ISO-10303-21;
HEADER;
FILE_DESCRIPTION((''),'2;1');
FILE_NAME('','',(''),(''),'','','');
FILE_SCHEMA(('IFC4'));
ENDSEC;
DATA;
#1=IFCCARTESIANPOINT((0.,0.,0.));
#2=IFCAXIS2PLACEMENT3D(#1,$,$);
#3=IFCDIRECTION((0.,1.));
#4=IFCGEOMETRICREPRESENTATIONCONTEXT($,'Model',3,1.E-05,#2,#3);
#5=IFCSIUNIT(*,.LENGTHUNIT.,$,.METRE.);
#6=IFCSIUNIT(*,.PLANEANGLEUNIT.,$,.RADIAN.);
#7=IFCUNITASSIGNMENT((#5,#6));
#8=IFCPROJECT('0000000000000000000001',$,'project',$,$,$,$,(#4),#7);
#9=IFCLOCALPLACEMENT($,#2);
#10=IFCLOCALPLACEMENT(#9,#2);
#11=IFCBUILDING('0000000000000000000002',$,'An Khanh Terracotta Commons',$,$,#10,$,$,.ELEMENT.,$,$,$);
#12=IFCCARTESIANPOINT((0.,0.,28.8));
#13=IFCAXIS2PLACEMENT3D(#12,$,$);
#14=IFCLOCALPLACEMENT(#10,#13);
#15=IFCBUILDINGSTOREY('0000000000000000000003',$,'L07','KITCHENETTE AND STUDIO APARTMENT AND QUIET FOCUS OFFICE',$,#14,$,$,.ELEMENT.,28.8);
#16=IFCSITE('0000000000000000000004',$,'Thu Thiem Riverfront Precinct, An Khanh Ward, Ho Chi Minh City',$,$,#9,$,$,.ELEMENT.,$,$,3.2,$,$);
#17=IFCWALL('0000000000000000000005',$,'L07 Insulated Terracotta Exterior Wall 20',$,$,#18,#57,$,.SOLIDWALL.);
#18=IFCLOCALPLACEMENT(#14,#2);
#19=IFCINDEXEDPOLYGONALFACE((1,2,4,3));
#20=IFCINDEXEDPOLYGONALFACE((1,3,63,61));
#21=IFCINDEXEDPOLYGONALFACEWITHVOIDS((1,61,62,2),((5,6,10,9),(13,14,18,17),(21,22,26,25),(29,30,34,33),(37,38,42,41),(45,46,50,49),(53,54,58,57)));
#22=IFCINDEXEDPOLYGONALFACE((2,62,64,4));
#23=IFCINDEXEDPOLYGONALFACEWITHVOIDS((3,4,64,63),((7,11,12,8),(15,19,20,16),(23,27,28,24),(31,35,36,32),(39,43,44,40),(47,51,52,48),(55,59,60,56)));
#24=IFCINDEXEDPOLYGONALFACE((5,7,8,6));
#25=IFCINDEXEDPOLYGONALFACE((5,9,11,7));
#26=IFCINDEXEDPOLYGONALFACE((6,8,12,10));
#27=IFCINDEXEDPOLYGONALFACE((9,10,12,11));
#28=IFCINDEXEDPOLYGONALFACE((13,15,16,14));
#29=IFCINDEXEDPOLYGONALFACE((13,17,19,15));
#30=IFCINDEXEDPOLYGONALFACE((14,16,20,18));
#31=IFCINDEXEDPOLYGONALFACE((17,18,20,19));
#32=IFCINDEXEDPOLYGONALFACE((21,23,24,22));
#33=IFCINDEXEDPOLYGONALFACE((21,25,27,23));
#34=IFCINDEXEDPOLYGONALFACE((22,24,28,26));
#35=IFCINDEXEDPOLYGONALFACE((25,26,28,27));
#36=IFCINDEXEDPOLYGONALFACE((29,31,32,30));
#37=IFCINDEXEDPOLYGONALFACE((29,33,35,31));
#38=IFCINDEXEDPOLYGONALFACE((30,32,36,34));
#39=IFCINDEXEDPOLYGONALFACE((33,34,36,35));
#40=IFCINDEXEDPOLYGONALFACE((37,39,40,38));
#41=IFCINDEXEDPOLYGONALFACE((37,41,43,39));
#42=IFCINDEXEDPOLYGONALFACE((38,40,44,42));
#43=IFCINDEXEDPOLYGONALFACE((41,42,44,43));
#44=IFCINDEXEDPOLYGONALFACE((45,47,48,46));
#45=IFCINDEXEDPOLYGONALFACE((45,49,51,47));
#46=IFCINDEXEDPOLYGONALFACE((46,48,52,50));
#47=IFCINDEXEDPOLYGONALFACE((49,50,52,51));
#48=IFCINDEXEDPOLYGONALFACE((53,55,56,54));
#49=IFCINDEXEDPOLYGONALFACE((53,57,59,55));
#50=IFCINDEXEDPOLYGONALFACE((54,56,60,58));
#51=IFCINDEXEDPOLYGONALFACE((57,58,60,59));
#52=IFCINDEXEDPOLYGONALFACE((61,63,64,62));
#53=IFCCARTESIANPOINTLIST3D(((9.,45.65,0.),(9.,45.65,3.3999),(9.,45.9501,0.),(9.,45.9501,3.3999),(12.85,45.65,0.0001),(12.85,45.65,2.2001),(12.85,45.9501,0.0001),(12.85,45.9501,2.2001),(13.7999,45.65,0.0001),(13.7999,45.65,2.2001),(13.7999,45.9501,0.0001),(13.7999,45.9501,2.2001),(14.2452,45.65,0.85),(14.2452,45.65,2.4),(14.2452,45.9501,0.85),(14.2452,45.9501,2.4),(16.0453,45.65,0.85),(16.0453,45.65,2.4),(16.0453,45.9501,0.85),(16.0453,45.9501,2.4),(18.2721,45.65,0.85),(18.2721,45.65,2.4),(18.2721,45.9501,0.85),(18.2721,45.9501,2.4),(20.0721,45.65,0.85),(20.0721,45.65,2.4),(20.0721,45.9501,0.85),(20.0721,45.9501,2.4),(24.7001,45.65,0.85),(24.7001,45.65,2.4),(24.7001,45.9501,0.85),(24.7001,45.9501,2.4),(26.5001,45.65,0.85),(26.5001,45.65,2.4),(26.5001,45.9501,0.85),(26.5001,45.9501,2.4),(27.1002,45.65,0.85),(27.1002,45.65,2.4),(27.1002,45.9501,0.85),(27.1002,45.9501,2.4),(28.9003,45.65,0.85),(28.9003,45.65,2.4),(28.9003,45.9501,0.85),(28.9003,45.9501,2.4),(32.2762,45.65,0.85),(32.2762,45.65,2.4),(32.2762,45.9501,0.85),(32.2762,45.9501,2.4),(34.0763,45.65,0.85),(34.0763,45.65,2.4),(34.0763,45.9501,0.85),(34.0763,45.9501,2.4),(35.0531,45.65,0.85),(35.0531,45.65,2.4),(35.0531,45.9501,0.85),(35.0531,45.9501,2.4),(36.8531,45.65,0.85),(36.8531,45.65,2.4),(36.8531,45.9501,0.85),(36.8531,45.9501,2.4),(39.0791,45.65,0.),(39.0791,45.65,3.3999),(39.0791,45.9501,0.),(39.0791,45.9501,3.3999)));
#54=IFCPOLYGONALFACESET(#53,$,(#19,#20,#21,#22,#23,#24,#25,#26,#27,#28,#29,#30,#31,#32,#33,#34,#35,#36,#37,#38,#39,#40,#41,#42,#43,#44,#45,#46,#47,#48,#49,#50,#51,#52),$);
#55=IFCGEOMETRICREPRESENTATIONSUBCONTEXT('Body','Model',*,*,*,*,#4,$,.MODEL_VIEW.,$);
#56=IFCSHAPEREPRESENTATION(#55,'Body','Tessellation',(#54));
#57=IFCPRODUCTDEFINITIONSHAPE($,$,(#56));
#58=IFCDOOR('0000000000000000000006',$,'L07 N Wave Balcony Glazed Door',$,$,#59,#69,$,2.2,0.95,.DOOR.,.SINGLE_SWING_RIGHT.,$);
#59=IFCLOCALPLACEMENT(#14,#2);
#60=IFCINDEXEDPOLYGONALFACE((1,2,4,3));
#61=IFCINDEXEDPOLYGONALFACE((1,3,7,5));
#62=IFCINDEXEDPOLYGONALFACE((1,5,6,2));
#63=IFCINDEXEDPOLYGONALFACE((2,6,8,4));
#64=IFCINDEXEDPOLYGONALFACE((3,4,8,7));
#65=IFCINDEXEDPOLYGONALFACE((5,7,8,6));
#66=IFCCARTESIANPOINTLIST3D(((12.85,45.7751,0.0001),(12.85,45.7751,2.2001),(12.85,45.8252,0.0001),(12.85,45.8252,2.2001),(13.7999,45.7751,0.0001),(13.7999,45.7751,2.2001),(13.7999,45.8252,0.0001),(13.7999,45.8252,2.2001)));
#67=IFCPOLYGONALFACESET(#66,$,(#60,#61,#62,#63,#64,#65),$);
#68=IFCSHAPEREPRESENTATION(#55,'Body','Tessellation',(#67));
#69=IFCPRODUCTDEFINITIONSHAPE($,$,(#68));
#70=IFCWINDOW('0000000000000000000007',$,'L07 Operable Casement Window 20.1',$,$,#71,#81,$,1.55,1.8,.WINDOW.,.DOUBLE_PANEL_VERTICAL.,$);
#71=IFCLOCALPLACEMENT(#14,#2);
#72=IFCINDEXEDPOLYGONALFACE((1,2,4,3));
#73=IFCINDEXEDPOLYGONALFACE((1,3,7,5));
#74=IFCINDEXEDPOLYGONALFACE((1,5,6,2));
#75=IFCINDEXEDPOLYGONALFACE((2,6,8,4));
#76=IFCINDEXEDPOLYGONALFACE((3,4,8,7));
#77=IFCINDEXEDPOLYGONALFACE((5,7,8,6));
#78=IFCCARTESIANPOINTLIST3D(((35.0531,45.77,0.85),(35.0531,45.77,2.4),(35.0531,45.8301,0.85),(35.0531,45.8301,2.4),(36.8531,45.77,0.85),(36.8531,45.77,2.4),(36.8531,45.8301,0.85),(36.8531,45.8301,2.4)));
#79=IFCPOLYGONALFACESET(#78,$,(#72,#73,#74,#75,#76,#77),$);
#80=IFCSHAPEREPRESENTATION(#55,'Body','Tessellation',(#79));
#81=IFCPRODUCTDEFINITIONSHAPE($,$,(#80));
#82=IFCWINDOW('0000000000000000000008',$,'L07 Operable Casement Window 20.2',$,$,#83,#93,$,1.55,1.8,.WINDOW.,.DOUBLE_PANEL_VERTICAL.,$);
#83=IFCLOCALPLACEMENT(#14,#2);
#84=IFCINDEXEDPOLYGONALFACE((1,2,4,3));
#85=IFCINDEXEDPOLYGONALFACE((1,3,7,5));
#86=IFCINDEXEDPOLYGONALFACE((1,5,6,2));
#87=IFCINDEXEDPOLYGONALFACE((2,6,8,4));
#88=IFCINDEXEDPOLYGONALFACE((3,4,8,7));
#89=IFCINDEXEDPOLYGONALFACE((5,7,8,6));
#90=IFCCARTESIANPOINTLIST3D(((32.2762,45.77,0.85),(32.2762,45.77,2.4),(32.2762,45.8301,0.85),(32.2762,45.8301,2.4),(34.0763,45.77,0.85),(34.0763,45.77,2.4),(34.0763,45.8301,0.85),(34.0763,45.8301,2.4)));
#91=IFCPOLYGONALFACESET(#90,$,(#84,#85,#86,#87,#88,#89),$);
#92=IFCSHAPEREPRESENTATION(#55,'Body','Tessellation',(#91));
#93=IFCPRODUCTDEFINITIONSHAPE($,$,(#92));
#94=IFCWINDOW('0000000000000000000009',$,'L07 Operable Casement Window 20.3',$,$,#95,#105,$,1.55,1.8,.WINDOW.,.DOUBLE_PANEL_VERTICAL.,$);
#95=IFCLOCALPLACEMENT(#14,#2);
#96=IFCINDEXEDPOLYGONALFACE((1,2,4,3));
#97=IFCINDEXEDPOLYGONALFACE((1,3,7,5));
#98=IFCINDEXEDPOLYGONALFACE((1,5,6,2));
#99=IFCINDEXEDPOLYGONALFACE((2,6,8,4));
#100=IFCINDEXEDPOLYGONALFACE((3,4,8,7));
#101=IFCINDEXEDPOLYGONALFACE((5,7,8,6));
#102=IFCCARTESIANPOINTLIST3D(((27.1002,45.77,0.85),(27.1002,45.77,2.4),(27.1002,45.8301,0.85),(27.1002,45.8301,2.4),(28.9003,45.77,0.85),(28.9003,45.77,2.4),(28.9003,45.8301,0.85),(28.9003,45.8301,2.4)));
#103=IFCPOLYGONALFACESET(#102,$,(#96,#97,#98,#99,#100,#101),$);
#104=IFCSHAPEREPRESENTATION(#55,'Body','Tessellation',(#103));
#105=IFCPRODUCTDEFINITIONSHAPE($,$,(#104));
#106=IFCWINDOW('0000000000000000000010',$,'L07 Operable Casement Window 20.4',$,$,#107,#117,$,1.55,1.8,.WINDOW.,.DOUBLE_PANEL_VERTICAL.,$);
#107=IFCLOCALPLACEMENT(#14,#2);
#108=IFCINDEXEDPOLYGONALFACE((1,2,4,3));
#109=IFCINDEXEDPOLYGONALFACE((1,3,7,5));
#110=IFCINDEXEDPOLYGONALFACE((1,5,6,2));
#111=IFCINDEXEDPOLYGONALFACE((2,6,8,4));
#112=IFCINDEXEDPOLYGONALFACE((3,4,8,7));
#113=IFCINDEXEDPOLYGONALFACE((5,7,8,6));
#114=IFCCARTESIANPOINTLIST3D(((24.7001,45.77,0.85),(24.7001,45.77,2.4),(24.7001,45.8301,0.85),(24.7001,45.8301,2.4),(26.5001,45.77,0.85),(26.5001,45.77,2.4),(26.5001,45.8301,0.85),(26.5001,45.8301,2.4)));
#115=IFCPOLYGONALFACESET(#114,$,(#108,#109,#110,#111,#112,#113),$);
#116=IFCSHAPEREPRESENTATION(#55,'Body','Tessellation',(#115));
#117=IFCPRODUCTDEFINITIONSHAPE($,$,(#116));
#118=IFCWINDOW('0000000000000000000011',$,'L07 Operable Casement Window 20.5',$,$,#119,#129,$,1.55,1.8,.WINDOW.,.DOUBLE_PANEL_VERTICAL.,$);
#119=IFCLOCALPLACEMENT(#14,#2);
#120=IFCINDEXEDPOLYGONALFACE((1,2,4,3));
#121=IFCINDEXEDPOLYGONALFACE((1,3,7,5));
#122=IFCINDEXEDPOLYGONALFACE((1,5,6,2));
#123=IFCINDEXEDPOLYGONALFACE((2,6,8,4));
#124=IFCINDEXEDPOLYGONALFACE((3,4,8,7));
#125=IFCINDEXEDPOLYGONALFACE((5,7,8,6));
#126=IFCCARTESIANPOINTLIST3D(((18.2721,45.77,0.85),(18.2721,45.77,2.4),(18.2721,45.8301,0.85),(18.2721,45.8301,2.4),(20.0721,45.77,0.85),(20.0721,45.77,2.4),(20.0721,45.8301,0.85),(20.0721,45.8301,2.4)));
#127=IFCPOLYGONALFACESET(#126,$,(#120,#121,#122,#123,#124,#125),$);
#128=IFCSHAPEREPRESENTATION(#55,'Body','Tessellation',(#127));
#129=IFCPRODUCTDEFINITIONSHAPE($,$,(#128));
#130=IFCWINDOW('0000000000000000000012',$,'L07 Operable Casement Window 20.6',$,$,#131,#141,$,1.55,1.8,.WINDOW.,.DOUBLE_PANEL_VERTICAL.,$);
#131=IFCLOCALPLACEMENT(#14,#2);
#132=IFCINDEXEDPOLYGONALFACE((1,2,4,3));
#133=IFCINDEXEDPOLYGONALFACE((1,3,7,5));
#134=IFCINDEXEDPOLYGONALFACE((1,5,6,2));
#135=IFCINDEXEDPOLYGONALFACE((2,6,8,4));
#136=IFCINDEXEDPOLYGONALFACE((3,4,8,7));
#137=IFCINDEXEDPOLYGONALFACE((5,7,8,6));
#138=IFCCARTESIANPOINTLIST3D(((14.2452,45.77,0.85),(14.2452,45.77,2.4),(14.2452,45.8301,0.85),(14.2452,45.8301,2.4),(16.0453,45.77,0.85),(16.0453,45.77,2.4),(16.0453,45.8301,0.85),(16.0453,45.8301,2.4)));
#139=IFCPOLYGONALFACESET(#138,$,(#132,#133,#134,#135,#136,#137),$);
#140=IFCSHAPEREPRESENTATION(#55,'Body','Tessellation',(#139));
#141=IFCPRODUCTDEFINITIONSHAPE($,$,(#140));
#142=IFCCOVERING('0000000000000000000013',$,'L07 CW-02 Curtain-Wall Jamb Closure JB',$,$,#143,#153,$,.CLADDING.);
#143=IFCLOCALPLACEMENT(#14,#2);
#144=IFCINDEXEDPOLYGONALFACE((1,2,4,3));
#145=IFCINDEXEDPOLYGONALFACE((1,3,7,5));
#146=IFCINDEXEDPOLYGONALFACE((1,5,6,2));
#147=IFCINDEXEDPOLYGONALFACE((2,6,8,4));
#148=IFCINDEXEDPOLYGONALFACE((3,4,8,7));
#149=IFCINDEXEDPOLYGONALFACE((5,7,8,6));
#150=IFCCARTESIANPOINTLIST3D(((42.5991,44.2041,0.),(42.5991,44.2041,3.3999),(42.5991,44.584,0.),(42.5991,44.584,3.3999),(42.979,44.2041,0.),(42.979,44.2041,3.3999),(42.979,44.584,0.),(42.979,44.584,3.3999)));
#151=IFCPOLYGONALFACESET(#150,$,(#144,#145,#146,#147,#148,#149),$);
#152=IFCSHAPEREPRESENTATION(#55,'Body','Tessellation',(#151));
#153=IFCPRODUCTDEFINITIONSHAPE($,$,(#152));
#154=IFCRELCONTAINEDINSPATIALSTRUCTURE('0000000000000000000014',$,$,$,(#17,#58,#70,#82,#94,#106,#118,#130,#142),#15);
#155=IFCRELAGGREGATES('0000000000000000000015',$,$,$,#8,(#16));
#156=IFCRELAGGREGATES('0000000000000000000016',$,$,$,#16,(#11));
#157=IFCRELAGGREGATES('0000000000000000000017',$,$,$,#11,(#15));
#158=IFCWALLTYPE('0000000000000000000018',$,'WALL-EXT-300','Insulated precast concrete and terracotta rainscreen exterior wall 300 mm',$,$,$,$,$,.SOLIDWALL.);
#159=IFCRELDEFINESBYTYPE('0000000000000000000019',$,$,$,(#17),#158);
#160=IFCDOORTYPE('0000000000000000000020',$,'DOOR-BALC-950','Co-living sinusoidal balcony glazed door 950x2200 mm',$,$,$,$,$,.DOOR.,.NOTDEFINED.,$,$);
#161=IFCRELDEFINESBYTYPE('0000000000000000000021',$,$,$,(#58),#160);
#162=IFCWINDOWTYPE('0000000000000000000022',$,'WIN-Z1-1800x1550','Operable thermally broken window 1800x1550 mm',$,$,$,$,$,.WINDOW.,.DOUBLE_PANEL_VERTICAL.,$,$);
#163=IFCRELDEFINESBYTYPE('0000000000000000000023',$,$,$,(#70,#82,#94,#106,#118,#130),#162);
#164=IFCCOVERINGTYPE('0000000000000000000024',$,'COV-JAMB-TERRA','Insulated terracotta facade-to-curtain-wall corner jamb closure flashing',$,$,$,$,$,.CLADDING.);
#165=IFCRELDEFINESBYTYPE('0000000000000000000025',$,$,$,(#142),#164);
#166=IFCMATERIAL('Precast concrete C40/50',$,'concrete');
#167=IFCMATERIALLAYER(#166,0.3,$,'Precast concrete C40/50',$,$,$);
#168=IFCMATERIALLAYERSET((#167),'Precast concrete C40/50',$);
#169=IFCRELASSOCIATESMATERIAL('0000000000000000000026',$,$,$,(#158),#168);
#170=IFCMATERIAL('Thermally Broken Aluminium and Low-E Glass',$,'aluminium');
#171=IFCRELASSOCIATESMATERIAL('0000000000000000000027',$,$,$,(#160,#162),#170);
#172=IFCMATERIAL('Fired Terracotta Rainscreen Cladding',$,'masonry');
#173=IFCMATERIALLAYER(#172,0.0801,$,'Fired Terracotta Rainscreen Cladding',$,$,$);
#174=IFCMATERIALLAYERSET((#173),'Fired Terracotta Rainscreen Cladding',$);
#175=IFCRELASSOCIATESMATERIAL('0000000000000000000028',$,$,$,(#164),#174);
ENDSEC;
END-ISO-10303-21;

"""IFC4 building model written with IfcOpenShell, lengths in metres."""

from ifc_helpers import new_model, si_unit, direction, frame, frame_2d, origin, origin_2d, place, context, subcontext, project, spatial, rectangle, extrude, material, layer, layer_set, type_object, element, fill, save


model = new_model("IFC4")

# Units and contexts
model_context = context("Model", 3, precision=1e-05, world=origin(), true_north=direction((0.0, 1.0)))
body_context = subcontext(model_context, "Body", "Model", "MODEL_VIEW")
ifc_project = project(units=[si_unit("LENGTHUNIT", "METRE"), si_unit("PLANEANGLEUNIT", "RADIAN")], contexts=[model_context])

# Site, building, storey
site_placement = place(None, origin())
site = spatial("IfcSite", under=ifc_project, at=site_placement, Name="Thu Thiem Riverfront Precinct, An Khanh Ward, Ho Chi Minh City", CompositionType="ELEMENT", RefElevation=3.2)
building_placement = place(site_placement, origin())
building = spatial("IfcBuilding", under=site, at=building_placement, Name="An Khanh Terracotta Commons", CompositionType="ELEMENT")
storey_placement = place(building_placement, frame((0.0, 0.0, 28.8)))
storey = spatial("IfcBuildingStorey", under=building, at=storey_placement, Name="L07", Description="KITCHENETTE AND STUDIO APARTMENT AND QUIET FOCUS OFFICE", CompositionType="ELEMENT", Elevation=28.8)

# Shared definitions
ifc_material_1 = material(Name="Precast concrete C40/50", Category="concrete")
ifc_layer_1 = layer(ifc_material_1, 0.3, Name="Precast concrete C40/50")
ifc_layer_set_1 = layer_set([ifc_layer_1], Name="Precast concrete C40/50")
wall_type = type_object("IfcWallType", Name="WALL-EXT-300", Description="Insulated precast concrete and terracotta rainscreen exterior wall 300 mm", PredefinedType="SOLIDWALL", material=ifc_layer_set_1)

# Wall, openings, door, windows
wall_1_placement = place(storey_placement, frame((39.0791, 45.8, 0.0), z_axis=(0.0, 0.0, 1.0), x_axis=(-1.0, 0.0, 0.0)))
wall_1 = element("IfcWall", 1, at=wall_1_placement, inside=storey, type_object=wall_type, Name="L07 Insulated Terracotta Exterior Wall 20", PredefinedType="SOLIDWALL", context=body_context, shape_type="SweptSolid", body=[
    extrude(rectangle(XDim=30.0791, YDim=0.3, at=frame_2d((15.0396, 0.0))), origin(), (0.0, 0.0, 1.0), 3.3999),
])
opening_1_placement = place(wall_1_placement, frame((25.2791, 0.0, 0.0)))
opening_1 = element("IfcOpeningElement", 2, at=opening_1_placement, cuts=wall_1, PredefinedType="OPENING", context=body_context, shape_type="SweptSolid", body=[
    extrude(rectangle(XDim=0.95, YDim=2.2, at=frame_2d((0.4751, 1.1001))), frame((0.0, 0.1599, 0.0), z_axis=(0.0, -1.0, 0.0), x_axis=(1.0, 0.0, 0.0)), (0.0, 0.0, 1.0), 0.3201),
])
opening_2_placement = place(wall_1_placement, frame((2.2261, 0.0, 0.8501)))
opening_2 = element("IfcOpeningElement", 3, at=opening_2_placement, cuts=wall_1, PredefinedType="OPENING", context=body_context, shape_type="SweptSolid", body=[
    extrude(rectangle(XDim=1.8, YDim=1.55, at=frame_2d((0.8999, 0.7749))), frame((0.0, 0.1599, 0.0), z_axis=(0.0, -1.0, 0.0), x_axis=(1.0, 0.0, 0.0)), (0.0, 0.0, 1.0), 0.3201),
])
opening_3_placement = place(wall_1_placement, frame((5.0029, 0.0, 0.8501)))
opening_3 = element("IfcOpeningElement", 4, at=opening_3_placement, cuts=wall_1, PredefinedType="OPENING", context=body_context, shape_type="SweptSolid", body=[
    extrude(rectangle(XDim=1.8, YDim=1.55, at=frame_2d((0.8999, 0.7749))), frame((0.0, 0.1599, 0.0), z_axis=(0.0, -1.0, 0.0), x_axis=(1.0, 0.0, 0.0)), (0.0, 0.0, 1.0), 0.3201),
])
opening_4_placement = place(wall_1_placement, frame((10.179, 0.0, 0.8501)))
opening_4 = element("IfcOpeningElement", 5, at=opening_4_placement, cuts=wall_1, PredefinedType="OPENING", context=body_context, shape_type="SweptSolid", body=[
    extrude(rectangle(XDim=1.8, YDim=1.55, at=frame_2d((0.8999, 0.7749))), frame((0.0, 0.1599, 0.0), z_axis=(0.0, -1.0, 0.0), x_axis=(1.0, 0.0, 0.0)), (0.0, 0.0, 1.0), 0.3201),
])
opening_5_placement = place(wall_1_placement, frame((12.5791, 0.0, 0.8501)))
opening_5 = element("IfcOpeningElement", 6, at=opening_5_placement, cuts=wall_1, PredefinedType="OPENING", context=body_context, shape_type="SweptSolid", body=[
    extrude(rectangle(XDim=1.8, YDim=1.55, at=frame_2d((0.8999, 0.7749))), frame((0.0, 0.1599, 0.0), z_axis=(0.0, -1.0, 0.0), x_axis=(1.0, 0.0, 0.0)), (0.0, 0.0, 1.0), 0.3201),
])
opening_6_placement = place(wall_1_placement, frame((19.0071, 0.0, 0.8501)))
opening_6 = element("IfcOpeningElement", 7, at=opening_6_placement, cuts=wall_1, PredefinedType="OPENING", context=body_context, shape_type="SweptSolid", body=[
    extrude(rectangle(XDim=1.8, YDim=1.55, at=frame_2d((0.8999, 0.7749))), frame((0.0, 0.1599, 0.0), z_axis=(0.0, -1.0, 0.0), x_axis=(1.0, 0.0, 0.0)), (0.0, 0.0, 1.0), 0.3201),
])
opening_7_placement = place(wall_1_placement, frame((23.0339, 0.0, 0.8501)))
opening_7 = element("IfcOpeningElement", 8, at=opening_7_placement, cuts=wall_1, PredefinedType="OPENING", context=body_context, shape_type="SweptSolid", body=[
    extrude(rectangle(XDim=1.8, YDim=1.55, at=frame_2d((0.8999, 0.7749))), frame((0.0, 0.1599, 0.0), z_axis=(0.0, -1.0, 0.0), x_axis=(1.0, 0.0, 0.0)), (0.0, 0.0, 1.0), 0.3201),
])
ifc_material_2 = material(Name="Thermally Broken Aluminium and Low-E Glass", Category="aluminium")
door_type = type_object("IfcDoorType", Name="DOOR-BALC-950", Description="Co-living sinusoidal balcony glazed door 950x2200 mm", OperationType="NOTDEFINED", PredefinedType="DOOR", material=ifc_material_2)
door_placement = place(opening_1_placement, origin())
door = element("IfcDoor", 9, at=door_placement, inside=storey, type_object=door_type, Name="L07 N Wave Balcony Glazed Door", OperationType="SINGLE_SWING_RIGHT", OverallHeight=2.2, OverallWidth=0.95, PredefinedType="DOOR", context=body_context, shape_type="SweptSolid", body=[
    extrude(rectangle(XDim=0.95, YDim=2.2, at=frame_2d((0.4751, 1.1001))), frame((0.0, 0.0249, 0.0), z_axis=(0.0, -1.0, 0.0), x_axis=(1.0, 0.0, 0.0)), (0.0, 0.0, 1.0), 0.05),
])
fill(opening_1, door)
window_type = type_object("IfcWindowType", Name="WIN-Z1-1800x1550", Description="Operable thermally broken window 1800x1550 mm", PartitioningType="DOUBLE_PANEL_VERTICAL", PredefinedType="WINDOW", material=ifc_material_2)
window_1_placement = place(opening_2_placement, origin())
window_1 = element("IfcWindow", 10, at=window_1_placement, inside=storey, type_object=window_type, Name="L07 Operable Casement Window 20.1", OverallHeight=1.55, OverallWidth=1.8, PartitioningType="DOUBLE_PANEL_VERTICAL", PredefinedType="WINDOW", context=body_context, shape_type="SweptSolid", body=[
    extrude(rectangle(XDim=1.8, YDim=1.55, at=frame_2d((0.8999, 0.7749))), frame((0.0, 0.03, 0.0), z_axis=(0.0, -1.0, 0.0), x_axis=(1.0, 0.0, 0.0)), (0.0, 0.0, 1.0), 0.0601),
])
fill(opening_2, window_1)
window_2_placement = place(opening_3_placement, origin())
window_2 = element("IfcWindow", 11, at=window_2_placement, inside=storey, type_object=window_type, Name="L07 Operable Casement Window 20.2", OverallHeight=1.55, OverallWidth=1.8, PartitioningType="DOUBLE_PANEL_VERTICAL", PredefinedType="WINDOW", context=body_context, shape_type="SweptSolid", body=[
    extrude(rectangle(XDim=1.8, YDim=1.55, at=frame_2d((0.8999, 0.7749))), frame((0.0, 0.03, 0.0), z_axis=(0.0, -1.0, 0.0), x_axis=(1.0, 0.0, 0.0)), (0.0, 0.0, 1.0), 0.0601),
])
fill(opening_3, window_2)
window_3_placement = place(opening_4_placement, origin())
window_3 = element("IfcWindow", 12, at=window_3_placement, inside=storey, type_object=window_type, Name="L07 Operable Casement Window 20.3", OverallHeight=1.55, OverallWidth=1.8, PartitioningType="DOUBLE_PANEL_VERTICAL", PredefinedType="WINDOW", context=body_context, shape_type="SweptSolid", body=[
    extrude(rectangle(XDim=1.8, YDim=1.55, at=frame_2d((0.8999, 0.7749))), frame((0.0, 0.03, 0.0), z_axis=(0.0, -1.0, 0.0), x_axis=(1.0, 0.0, 0.0)), (0.0, 0.0, 1.0), 0.0601),
])
fill(opening_4, window_3)
window_4_placement = place(opening_5_placement, origin())
window_4 = element("IfcWindow", 13, at=window_4_placement, inside=storey, type_object=window_type, Name="L07 Operable Casement Window 20.4", OverallHeight=1.55, OverallWidth=1.8, PartitioningType="DOUBLE_PANEL_VERTICAL", PredefinedType="WINDOW", context=body_context, shape_type="SweptSolid", body=[
    extrude(rectangle(XDim=1.8, YDim=1.55, at=frame_2d((0.8999, 0.7749))), frame((0.0, 0.03, 0.0), z_axis=(0.0, -1.0, 0.0), x_axis=(1.0, 0.0, 0.0)), (0.0, 0.0, 1.0), 0.0601),
])
fill(opening_5, window_4)
window_5_placement = place(opening_6_placement, origin())
window_5 = element("IfcWindow", 14, at=window_5_placement, inside=storey, type_object=window_type, Name="L07 Operable Casement Window 20.5", OverallHeight=1.55, OverallWidth=1.8, PartitioningType="DOUBLE_PANEL_VERTICAL", PredefinedType="WINDOW", context=body_context, shape_type="SweptSolid", body=[
    extrude(rectangle(XDim=1.8, YDim=1.55, at=frame_2d((0.8999, 0.7749))), frame((0.0, 0.03, 0.0), z_axis=(0.0, -1.0, 0.0), x_axis=(1.0, 0.0, 0.0)), (0.0, 0.0, 1.0), 0.0601),
])
fill(opening_6, window_5)
window_6_placement = place(opening_7_placement, origin())
window_6 = element("IfcWindow", 15, at=window_6_placement, inside=storey, type_object=window_type, Name="L07 Operable Casement Window 20.6", OverallHeight=1.55, OverallWidth=1.8, PartitioningType="DOUBLE_PANEL_VERTICAL", PredefinedType="WINDOW", context=body_context, shape_type="SweptSolid", body=[
    extrude(rectangle(XDim=1.8, YDim=1.55, at=frame_2d((0.8999, 0.7749))), frame((0.0, 0.03, 0.0), z_axis=(0.0, -1.0, 0.0), x_axis=(1.0, 0.0, 0.0)), (0.0, 0.0, 1.0), 0.0601),
])
fill(opening_7, window_6)

# Covering
ifc_material_3 = material(Name="Fired Terracotta Rainscreen Cladding", Category="masonry")
ifc_layer_2 = layer(ifc_material_3, 0.0801, Name="Fired Terracotta Rainscreen Cladding")
ifc_layer_set_2 = layer_set([ifc_layer_2], Name="Fired Terracotta Rainscreen Cladding")
covering_type = type_object("IfcCoveringType", Name="COV-JAMB-TERRA", Description="Insulated terracotta facade-to-curtain-wall corner jamb closure flashing", PredefinedType="CLADDING", material=ifc_layer_set_2)
covering_placement = place(storey_placement, frame((42.7891, 44.394, 0.0), z_axis=(0.0, 0.0, 1.0), x_axis=(1.0, 0.0, 0.0)))
element("IfcCovering", 16, at=covering_placement, inside=storey, type_object=covering_type, Name="L07 CW-02 Curtain-Wall Jamb Closure JB", PredefinedType="CLADDING", context=body_context, shape_type="SweptSolid", body=[
    extrude(rectangle(XDim=0.3799, YDim=0.3799, at=origin_2d()), origin(), (0.0, 0.0, 1.0), 3.3999),
])

save(model, "model.ifc")
